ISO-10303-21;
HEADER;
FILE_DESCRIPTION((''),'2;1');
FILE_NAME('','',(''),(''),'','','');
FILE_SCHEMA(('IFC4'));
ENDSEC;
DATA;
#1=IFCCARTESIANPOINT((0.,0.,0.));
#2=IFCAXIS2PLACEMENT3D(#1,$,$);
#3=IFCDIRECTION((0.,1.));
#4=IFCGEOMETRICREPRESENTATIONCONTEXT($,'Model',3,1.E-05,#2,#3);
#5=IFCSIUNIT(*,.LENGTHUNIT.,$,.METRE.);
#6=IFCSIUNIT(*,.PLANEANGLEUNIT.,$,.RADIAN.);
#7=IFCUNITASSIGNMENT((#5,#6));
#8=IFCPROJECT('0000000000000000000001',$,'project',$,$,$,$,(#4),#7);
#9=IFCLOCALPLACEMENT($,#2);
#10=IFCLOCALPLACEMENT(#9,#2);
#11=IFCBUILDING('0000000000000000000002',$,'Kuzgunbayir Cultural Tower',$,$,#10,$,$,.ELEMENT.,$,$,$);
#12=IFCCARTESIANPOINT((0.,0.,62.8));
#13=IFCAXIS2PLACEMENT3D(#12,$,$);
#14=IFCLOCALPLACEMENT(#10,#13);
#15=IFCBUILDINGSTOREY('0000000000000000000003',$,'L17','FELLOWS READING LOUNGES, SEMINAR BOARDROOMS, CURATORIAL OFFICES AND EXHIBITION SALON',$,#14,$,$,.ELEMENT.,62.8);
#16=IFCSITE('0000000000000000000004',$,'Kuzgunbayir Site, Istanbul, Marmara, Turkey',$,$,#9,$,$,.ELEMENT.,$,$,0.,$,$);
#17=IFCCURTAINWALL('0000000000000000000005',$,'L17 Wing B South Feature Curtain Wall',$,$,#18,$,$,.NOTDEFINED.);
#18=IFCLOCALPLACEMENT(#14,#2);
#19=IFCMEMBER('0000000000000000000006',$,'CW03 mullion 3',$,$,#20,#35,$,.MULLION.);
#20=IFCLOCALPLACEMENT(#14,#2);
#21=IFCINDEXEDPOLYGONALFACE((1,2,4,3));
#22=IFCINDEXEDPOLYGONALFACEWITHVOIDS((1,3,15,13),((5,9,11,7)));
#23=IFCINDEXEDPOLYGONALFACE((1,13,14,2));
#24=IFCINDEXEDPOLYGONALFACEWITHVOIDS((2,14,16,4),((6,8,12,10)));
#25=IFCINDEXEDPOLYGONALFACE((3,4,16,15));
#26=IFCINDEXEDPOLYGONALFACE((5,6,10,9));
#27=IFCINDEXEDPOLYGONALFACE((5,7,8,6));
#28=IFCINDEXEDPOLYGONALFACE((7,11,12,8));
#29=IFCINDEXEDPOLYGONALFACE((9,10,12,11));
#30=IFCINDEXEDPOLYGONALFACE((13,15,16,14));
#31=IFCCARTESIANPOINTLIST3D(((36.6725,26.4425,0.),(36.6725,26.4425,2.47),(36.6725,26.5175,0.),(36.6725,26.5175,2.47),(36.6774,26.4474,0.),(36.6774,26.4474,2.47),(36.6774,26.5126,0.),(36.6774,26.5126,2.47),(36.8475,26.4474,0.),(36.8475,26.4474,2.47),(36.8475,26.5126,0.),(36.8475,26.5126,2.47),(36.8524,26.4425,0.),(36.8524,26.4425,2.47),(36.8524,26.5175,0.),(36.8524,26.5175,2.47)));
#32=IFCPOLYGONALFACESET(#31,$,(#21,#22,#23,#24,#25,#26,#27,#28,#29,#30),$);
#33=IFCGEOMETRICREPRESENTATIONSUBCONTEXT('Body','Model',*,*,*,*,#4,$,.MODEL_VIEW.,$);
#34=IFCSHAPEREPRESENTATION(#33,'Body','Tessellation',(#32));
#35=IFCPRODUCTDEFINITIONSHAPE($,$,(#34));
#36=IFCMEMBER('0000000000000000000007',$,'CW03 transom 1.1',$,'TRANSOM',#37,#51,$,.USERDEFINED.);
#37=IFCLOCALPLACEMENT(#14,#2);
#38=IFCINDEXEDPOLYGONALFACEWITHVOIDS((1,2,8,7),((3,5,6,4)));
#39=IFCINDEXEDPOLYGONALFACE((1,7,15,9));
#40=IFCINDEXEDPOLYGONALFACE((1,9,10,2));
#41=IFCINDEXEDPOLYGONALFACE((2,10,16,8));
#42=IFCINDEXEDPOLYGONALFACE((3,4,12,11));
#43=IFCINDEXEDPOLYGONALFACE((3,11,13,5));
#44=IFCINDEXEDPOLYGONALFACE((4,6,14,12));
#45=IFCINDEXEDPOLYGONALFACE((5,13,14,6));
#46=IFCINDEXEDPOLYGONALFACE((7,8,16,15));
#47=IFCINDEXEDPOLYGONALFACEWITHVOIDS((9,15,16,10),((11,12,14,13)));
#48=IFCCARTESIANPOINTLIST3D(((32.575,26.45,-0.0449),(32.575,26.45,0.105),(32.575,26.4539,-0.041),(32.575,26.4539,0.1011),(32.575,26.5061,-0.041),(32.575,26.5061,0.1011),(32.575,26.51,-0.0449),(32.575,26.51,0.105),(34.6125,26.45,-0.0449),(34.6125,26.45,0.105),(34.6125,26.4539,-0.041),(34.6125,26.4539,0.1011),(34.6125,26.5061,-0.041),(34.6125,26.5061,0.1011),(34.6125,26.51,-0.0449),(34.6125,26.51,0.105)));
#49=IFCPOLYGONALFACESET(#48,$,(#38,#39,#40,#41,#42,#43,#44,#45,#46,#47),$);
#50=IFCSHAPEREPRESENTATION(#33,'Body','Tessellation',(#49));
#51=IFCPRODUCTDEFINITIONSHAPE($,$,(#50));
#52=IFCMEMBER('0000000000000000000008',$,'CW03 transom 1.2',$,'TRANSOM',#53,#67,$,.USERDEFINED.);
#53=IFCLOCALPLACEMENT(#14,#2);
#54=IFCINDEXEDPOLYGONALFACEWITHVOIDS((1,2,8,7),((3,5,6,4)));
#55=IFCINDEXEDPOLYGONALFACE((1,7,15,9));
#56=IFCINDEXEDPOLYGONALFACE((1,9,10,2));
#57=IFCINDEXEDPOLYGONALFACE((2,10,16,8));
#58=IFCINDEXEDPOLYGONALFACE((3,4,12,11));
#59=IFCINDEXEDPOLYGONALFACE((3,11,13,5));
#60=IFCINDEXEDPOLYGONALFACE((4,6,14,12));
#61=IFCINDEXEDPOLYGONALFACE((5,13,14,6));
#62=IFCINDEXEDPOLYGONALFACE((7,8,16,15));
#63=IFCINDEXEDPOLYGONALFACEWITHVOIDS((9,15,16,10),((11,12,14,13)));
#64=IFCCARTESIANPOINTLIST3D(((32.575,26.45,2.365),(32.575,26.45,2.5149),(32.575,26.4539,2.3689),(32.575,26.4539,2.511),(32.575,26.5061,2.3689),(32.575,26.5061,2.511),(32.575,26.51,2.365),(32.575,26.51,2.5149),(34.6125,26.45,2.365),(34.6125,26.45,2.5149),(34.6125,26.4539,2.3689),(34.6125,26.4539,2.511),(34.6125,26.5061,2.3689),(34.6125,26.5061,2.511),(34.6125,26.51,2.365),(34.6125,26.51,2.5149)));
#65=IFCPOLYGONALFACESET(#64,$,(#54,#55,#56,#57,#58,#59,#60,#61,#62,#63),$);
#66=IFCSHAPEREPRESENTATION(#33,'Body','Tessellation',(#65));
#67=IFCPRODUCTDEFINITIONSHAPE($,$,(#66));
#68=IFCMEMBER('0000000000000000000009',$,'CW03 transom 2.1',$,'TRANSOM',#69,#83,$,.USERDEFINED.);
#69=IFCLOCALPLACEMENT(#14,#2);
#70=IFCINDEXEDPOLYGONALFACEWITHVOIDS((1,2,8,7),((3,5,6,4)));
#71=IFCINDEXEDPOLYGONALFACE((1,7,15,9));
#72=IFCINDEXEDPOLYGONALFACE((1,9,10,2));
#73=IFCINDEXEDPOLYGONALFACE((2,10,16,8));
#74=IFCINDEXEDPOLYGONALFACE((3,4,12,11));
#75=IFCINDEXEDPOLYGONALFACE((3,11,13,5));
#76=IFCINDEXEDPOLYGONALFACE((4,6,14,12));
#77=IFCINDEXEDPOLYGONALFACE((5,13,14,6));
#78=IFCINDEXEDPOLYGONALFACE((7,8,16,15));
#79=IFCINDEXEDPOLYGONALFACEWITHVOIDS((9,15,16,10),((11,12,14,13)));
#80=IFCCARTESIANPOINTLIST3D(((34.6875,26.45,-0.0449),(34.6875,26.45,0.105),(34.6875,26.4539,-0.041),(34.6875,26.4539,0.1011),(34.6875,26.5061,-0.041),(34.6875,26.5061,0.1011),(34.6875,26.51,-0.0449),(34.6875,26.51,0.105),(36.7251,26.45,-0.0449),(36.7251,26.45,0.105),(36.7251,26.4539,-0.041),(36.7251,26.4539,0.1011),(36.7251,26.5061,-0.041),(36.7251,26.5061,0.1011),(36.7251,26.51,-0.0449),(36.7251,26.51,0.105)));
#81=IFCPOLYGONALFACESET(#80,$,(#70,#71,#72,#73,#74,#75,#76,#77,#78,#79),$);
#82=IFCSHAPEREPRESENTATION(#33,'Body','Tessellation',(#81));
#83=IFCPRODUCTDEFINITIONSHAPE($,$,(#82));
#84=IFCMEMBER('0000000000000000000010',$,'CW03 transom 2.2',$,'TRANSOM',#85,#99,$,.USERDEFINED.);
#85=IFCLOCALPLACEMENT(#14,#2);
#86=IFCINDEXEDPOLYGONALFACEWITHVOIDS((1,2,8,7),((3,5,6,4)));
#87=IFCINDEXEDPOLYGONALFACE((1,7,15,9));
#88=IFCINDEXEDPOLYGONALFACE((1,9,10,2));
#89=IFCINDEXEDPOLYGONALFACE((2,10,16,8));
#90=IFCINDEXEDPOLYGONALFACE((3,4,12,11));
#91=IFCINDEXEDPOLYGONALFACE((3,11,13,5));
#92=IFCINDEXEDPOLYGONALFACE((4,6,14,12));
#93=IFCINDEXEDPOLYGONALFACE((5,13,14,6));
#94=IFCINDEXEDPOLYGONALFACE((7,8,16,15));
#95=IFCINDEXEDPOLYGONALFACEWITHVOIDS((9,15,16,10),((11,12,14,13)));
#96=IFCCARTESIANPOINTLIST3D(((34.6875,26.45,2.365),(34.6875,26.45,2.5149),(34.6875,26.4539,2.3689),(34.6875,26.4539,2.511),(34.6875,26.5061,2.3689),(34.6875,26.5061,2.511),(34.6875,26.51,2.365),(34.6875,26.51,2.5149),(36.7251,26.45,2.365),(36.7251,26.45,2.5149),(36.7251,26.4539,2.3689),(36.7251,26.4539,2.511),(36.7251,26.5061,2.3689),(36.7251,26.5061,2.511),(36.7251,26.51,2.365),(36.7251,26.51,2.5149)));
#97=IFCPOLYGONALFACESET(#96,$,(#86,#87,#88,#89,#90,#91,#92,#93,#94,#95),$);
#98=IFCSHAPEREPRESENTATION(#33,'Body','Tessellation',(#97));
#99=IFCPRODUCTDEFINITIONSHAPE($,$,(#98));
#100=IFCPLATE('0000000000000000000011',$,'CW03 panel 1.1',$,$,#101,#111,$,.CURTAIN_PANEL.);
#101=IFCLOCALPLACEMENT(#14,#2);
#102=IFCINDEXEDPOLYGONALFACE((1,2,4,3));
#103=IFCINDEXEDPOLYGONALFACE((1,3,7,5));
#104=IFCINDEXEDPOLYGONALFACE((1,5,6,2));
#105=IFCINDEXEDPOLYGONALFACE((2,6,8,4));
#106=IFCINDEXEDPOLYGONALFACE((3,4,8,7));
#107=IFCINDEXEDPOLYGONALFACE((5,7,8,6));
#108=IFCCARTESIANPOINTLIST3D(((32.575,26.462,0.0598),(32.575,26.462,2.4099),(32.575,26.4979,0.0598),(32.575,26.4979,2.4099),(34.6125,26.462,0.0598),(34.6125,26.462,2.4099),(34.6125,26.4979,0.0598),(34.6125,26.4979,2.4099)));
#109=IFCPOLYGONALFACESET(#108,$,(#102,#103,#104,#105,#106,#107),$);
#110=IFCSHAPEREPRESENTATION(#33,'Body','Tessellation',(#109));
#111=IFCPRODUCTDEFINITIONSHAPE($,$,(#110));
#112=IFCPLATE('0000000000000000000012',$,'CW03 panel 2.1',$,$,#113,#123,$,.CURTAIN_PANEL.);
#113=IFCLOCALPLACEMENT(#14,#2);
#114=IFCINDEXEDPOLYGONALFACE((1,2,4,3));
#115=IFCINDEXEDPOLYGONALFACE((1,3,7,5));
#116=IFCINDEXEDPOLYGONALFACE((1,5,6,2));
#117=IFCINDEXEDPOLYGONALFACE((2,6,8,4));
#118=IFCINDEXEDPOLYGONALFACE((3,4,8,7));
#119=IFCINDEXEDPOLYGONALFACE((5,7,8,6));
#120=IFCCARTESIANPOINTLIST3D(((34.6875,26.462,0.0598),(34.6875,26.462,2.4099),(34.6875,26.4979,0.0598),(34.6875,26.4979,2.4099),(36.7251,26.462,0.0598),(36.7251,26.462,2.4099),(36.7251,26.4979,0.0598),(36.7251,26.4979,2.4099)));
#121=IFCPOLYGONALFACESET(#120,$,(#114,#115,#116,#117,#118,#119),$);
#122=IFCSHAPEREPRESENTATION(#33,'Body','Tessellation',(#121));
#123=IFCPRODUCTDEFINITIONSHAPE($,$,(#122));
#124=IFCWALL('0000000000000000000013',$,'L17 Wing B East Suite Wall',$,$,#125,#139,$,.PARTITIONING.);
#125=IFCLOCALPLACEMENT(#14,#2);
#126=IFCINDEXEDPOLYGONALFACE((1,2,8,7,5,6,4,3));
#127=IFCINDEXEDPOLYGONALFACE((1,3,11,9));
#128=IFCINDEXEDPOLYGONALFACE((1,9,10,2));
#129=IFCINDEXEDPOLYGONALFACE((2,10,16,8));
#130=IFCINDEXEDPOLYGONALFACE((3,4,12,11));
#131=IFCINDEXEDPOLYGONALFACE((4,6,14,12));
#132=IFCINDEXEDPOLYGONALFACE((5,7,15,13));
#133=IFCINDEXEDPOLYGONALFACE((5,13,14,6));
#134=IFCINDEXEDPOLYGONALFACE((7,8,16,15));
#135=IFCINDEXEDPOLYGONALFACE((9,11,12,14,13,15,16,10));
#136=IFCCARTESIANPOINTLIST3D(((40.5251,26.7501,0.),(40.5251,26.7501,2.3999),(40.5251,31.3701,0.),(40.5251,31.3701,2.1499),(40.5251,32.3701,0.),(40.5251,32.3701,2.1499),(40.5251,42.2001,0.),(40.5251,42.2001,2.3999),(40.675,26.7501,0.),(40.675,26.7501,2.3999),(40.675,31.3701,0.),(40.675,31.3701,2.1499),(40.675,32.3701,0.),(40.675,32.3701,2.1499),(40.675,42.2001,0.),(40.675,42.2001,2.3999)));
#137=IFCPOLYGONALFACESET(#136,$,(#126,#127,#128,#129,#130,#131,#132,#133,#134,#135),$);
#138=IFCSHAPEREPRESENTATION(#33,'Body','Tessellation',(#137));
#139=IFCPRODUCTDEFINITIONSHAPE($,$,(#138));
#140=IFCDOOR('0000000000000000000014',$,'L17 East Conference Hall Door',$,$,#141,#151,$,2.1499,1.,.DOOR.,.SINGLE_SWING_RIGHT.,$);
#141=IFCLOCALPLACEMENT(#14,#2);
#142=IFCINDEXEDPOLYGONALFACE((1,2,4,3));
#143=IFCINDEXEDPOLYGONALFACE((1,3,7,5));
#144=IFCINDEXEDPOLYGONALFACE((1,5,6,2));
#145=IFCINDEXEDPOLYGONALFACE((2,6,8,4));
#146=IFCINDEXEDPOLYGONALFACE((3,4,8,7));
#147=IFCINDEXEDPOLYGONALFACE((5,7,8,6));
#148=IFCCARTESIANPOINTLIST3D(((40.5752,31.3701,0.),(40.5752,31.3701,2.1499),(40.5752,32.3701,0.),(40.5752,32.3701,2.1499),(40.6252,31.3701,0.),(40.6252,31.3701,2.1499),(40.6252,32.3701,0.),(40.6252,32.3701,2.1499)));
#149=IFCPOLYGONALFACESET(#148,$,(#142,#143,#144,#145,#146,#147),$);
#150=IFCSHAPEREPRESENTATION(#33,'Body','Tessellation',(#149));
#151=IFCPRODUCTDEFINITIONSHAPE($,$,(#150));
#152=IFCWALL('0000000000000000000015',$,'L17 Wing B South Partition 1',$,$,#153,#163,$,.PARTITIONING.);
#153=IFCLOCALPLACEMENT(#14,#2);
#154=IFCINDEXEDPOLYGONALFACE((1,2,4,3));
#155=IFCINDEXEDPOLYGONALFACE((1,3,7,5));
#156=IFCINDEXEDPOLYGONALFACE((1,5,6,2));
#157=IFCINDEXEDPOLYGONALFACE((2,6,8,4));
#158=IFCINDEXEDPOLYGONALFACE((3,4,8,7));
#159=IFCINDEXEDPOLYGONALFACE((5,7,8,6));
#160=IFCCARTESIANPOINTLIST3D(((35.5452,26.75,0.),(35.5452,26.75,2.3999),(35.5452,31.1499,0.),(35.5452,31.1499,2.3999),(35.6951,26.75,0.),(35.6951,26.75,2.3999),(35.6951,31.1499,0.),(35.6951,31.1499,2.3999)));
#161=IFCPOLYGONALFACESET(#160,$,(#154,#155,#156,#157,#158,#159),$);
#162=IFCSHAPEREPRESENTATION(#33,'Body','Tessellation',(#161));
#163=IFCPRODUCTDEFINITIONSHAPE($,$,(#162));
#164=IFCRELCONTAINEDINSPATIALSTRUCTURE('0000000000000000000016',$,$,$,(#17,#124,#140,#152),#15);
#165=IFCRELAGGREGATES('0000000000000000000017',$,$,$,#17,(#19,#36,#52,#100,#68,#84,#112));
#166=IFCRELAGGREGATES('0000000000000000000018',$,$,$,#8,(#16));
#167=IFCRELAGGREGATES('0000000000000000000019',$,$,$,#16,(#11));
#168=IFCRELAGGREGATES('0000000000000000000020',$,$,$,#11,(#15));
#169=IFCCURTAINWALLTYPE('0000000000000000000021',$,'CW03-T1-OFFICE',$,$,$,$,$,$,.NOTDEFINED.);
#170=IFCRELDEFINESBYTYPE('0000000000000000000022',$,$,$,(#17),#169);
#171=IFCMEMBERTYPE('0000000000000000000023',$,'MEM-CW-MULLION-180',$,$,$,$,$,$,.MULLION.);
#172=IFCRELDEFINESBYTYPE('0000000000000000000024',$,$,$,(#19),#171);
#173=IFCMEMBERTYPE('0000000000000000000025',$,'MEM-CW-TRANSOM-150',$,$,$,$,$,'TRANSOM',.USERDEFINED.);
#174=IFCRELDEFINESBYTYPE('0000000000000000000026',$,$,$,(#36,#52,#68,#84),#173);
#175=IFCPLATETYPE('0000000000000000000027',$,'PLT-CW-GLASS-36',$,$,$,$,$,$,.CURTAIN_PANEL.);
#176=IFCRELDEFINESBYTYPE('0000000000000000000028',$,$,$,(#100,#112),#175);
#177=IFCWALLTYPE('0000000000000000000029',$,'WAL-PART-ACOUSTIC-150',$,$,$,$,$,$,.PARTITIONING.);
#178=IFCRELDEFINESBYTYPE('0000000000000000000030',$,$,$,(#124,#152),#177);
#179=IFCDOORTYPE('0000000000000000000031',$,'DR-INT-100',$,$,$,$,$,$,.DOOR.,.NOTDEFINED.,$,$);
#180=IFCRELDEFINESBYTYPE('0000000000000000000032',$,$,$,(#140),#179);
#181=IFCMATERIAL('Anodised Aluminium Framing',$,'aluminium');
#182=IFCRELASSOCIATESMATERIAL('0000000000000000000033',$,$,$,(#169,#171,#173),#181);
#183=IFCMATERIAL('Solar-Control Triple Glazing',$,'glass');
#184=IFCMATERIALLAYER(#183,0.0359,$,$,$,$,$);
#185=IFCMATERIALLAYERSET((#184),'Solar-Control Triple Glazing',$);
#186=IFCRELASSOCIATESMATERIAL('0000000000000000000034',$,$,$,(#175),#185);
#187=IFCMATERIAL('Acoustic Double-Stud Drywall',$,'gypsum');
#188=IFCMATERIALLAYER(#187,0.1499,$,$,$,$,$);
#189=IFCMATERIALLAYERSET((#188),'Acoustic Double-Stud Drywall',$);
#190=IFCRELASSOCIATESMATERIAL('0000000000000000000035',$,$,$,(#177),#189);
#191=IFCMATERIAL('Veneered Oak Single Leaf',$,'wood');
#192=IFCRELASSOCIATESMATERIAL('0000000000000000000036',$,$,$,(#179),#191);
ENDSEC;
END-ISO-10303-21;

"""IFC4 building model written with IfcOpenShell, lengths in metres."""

from ifc_helpers import new_model, si_unit, direction, frame, frame_2d, origin, origin_2d, place, context, subcontext, project, spatial, rectangle, hollow_rectangle, extrude, material, layer, layer_set, material_profile, profile_set, type_object, element, fill, aggregate, save


model = new_model("IFC4")

# Units and contexts
model_context = context("Model", 3, precision=1e-05, world=origin(), true_north=direction((0.0, 1.0)))
body_context = subcontext(model_context, "Body", "Model", "MODEL_VIEW")
ifc_project = project(units=[si_unit("LENGTHUNIT", "METRE"), si_unit("PLANEANGLEUNIT", "RADIAN")], contexts=[model_context])

# Site, building, storey
site_placement = place(None, origin())
site = spatial("IfcSite", under=ifc_project, at=site_placement, Name="Kuzgunbayir Site, Istanbul, Marmara, Turkey", CompositionType="ELEMENT", RefElevation=0.0)
building_placement = place(site_placement, origin())
building = spatial("IfcBuilding", under=site, at=building_placement, Name="Kuzgunbayir Cultural Tower", CompositionType="ELEMENT")
storey_placement = place(building_placement, frame((0.0, 0.0, 62.8)))
storey = spatial("IfcBuildingStorey", under=building, at=storey_placement, Name="L17", Description="FELLOWS READING LOUNGES, SEMINAR BOARDROOMS, CURATORIAL OFFICES AND EXHIBITION SALON", CompositionType="ELEMENT", Elevation=62.8)

# Curtain wall, members, plates
ifc_material_1 = material(Name="Anodised Aluminium Framing", Category="aluminium")
curtain_wall_type = type_object("IfcCurtainWallType", Name="CW03-T1-OFFICE", PredefinedType="NOTDEFINED", material=ifc_material_1)
curtain_wall_placement = place(storey_placement, origin())
curtain_wall = element("IfcCurtainWall", 1, at=curtain_wall_placement, inside=storey, type_object=curtain_wall_type, Name="L17 Wing B South Feature Curtain Wall", PredefinedType="NOTDEFINED")
ifc_material_profile_1 = material_profile(ifc_material_1, hollow_rectangle(XDim=0.075, YDim=0.1799, WallThickness=0.0049, at=origin_2d()), Name="RHS 180x75x5")
ifc_profile_set_1 = profile_set([ifc_material_profile_1], Name="Anodised Aluminium Framing")
member_type_1 = type_object("IfcMemberType", Name="MEM-CW-MULLION-180", PredefinedType="MULLION", material=ifc_profile_set_1)
member_1_placement = place(storey_placement, frame((36.7625, 26.48, 0.0), z_axis=(0.0, 0.0, 1.0), x_axis=(0.0, 1.0, 0.0)))
member_1 = element("IfcMember", 2, at=member_1_placement, type_object=member_type_1, Name="CW03 mullion 3", PredefinedType="MULLION", context=body_context, shape_type="SweptSolid", body=[
    extrude(hollow_rectangle(XDim=0.075, YDim=0.1799, WallThickness=0.0049, at=origin_2d()), origin(), (0.0, 0.0, 1.0), 2.47),
])
ifc_material_profile_2 = material_profile(ifc_material_1, hollow_rectangle(XDim=0.0601, YDim=0.1499, WallThickness=0.0039, at=origin_2d()), Name="RHS 150x60x4")
ifc_profile_set_2 = profile_set([ifc_material_profile_2], Name="Anodised Aluminium Framing")
member_type_2 = type_object("IfcMemberType", Name="MEM-CW-TRANSOM-150", ElementType="TRANSOM", PredefinedType="USERDEFINED", material=ifc_profile_set_2)
member_2_placement = place(storey_placement, frame((32.575, 26.48, 0.03), z_axis=(1.0, 0.0, 0.0), x_axis=(0.0, 1.0, 0.0)))
member_2 = element("IfcMember", 3, at=member_2_placement, type_object=member_type_2, Name="CW03 transom 1.1", ObjectType="TRANSOM", PredefinedType="USERDEFINED", context=body_context, shape_type="SweptSolid", body=[
    extrude(hollow_rectangle(XDim=0.0601, YDim=0.1499, WallThickness=0.0039, at=origin_2d()), origin(), (0.0, 0.0, 1.0), 2.0376),
])
member_3_placement = place(storey_placement, frame((32.575, 26.48, 2.4399), z_axis=(1.0, 0.0, 0.0), x_axis=(0.0, 1.0, 0.0)))
member_3 = element("IfcMember", 4, at=member_3_placement, type_object=member_type_2, Name="CW03 transom 1.2", ObjectType="TRANSOM", PredefinedType="USERDEFINED", context=body_context, shape_type="SweptSolid", body=[
    extrude(hollow_rectangle(XDim=0.0601, YDim=0.1499, WallThickness=0.0039, at=origin_2d()), origin(), (0.0, 0.0, 1.0), 2.0376),
])
member_4_placement = place(storey_placement, frame((34.6875, 26.48, 0.03), z_axis=(1.0, 0.0, 0.0), x_axis=(0.0, 1.0, 0.0)))
member_4 = element("IfcMember", 5, at=member_4_placement, type_object=member_type_2, Name="CW03 transom 2.1", ObjectType="TRANSOM", PredefinedType="USERDEFINED", context=body_context, shape_type="SweptSolid", body=[
    extrude(hollow_rectangle(XDim=0.0601, YDim=0.1499, WallThickness=0.0039, at=origin_2d()), origin(), (0.0, 0.0, 1.0), 2.0376),
])
member_5_placement = place(storey_placement, frame((34.6875, 26.48, 2.4399), z_axis=(1.0, 0.0, 0.0), x_axis=(0.0, 1.0, 0.0)))
member_5 = element("IfcMember", 6, at=member_5_placement, type_object=member_type_2, Name="CW03 transom 2.2", ObjectType="TRANSOM", PredefinedType="USERDEFINED", context=body_context, shape_type="SweptSolid", body=[
    extrude(hollow_rectangle(XDim=0.0601, YDim=0.1499, WallThickness=0.0039, at=origin_2d()), origin(), (0.0, 0.0, 1.0), 2.0376),
])
ifc_material_2 = material(Name="Solar-Control Triple Glazing", Category="glass")
ifc_layer_1 = layer(ifc_material_2, 0.0359)
ifc_layer_set_1 = layer_set([ifc_layer_1], Name="Solar-Control Triple Glazing")
plate_type = type_object("IfcPlateType", Name="PLT-CW-GLASS-36", PredefinedType="CURTAIN_PANEL", material=ifc_layer_set_1)
plate_1_placement = place(storey_placement, frame((33.5938, 26.48, 0.0598), z_axis=(0.0, 0.0, 1.0), x_axis=(1.0, 0.0, 0.0)))
plate_1 = element("IfcPlate", 7, at=plate_1_placement, type_object=plate_type, Name="CW03 panel 1.1", PredefinedType="CURTAIN_PANEL", context=body_context, shape_type="SweptSolid", body=[
    extrude(rectangle(XDim=2.0376, YDim=0.0359, at=origin_2d()), origin(), (0.0, 0.0, 1.0), 2.3501),
])
plate_2_placement = place(storey_placement, frame((35.7063, 26.48, 0.0598), z_axis=(0.0, 0.0, 1.0), x_axis=(1.0, 0.0, 0.0)))
plate_2 = element("IfcPlate", 8, at=plate_2_placement, type_object=plate_type, Name="CW03 panel 2.1", PredefinedType="CURTAIN_PANEL", context=body_context, shape_type="SweptSolid", body=[
    extrude(rectangle(XDim=2.0376, YDim=0.0359, at=origin_2d()), origin(), (0.0, 0.0, 1.0), 2.3501),
])
aggregate(curtain_wall, [member_1, member_2, member_3, plate_1, member_4, member_5, plate_2])

# Wall, opening, door
ifc_material_3 = material(Name="Acoustic Double-Stud Drywall", Category="gypsum")
ifc_layer_2 = layer(ifc_material_3, 0.1499)
ifc_layer_set_2 = layer_set([ifc_layer_2], Name="Acoustic Double-Stud Drywall")
wall_type = type_object("IfcWallType", Name="WAL-PART-ACOUSTIC-150", PredefinedType="PARTITIONING", material=ifc_layer_set_2)
wall_1_placement = place(storey_placement, frame((40.6001, 26.75, 0.0), z_axis=(0.0, 0.0, 1.0), x_axis=(0.0, 1.0, 0.0)))
wall_1 = element("IfcWall", 9, at=wall_1_placement, inside=storey, type_object=wall_type, Name="L17 Wing B East Suite Wall", PredefinedType="PARTITIONING", context=body_context, shape_type="SweptSolid", body=[
    extrude(rectangle(XDim=15.45, YDim=0.1499, at=frame_2d((7.7251, 0.0))), origin(), (0.0, 0.0, 1.0), 2.3999),
])
opening_placement = place(wall_1_placement, frame((4.6201, 0.0, 0.0)))
opening = element("IfcOpeningElement", 10, at=opening_placement, cuts=wall_1, PredefinedType="OPENING", context=body_context, shape_type="SweptSolid", body=[
    extrude(rectangle(XDim=1.0, YDim=2.1499, at=frame_2d((0.5, 1.075))), frame((0.0, 0.085, 0.0), z_axis=(0.0, -1.0, 0.0), x_axis=(1.0, 0.0, 0.0)), (0.0, 0.0, 1.0), 0.1699),
])
ifc_material_4 = material(Name="Veneered Oak Single Leaf", Category="wood")
door_type = type_object("IfcDoorType", Name="DR-INT-100", OperationType="NOTDEFINED", PredefinedType="DOOR", material=ifc_material_4)
door_placement = place(opening_placement, origin())
door = element("IfcDoor", 11, at=door_placement, inside=storey, type_object=door_type, Name="L17 East Conference Hall Door", OperationType="SINGLE_SWING_RIGHT", OverallHeight=2.1499, OverallWidth=1.0, PredefinedType="DOOR", context=body_context, shape_type="SweptSolid", body=[
    extrude(rectangle(XDim=1.0, YDim=2.1499, at=frame_2d((0.5, 1.075))), frame((0.0, 0.0249, 0.0), z_axis=(0.0, -1.0, 0.0), x_axis=(1.0, 0.0, 0.0)), (0.0, 0.0, 1.0), 0.05),
])
fill(opening, door)

# Wall
wall_2_placement = place(storey_placement, frame((35.6201, 26.75, 0.0), z_axis=(0.0, 0.0, 1.0), x_axis=(0.0, 1.0, 0.0)))
element("IfcWall", 12, at=wall_2_placement, inside=storey, type_object=wall_type, Name="L17 Wing B South Partition 1", PredefinedType="PARTITIONING", context=body_context, shape_type="SweptSolid", body=[
    extrude(rectangle(XDim=4.3999, YDim=0.1499, at=frame_2d((2.2, 0.0))), origin(), (0.0, 0.0, 1.0), 2.3999),
])

save(model, "model.ifc")
